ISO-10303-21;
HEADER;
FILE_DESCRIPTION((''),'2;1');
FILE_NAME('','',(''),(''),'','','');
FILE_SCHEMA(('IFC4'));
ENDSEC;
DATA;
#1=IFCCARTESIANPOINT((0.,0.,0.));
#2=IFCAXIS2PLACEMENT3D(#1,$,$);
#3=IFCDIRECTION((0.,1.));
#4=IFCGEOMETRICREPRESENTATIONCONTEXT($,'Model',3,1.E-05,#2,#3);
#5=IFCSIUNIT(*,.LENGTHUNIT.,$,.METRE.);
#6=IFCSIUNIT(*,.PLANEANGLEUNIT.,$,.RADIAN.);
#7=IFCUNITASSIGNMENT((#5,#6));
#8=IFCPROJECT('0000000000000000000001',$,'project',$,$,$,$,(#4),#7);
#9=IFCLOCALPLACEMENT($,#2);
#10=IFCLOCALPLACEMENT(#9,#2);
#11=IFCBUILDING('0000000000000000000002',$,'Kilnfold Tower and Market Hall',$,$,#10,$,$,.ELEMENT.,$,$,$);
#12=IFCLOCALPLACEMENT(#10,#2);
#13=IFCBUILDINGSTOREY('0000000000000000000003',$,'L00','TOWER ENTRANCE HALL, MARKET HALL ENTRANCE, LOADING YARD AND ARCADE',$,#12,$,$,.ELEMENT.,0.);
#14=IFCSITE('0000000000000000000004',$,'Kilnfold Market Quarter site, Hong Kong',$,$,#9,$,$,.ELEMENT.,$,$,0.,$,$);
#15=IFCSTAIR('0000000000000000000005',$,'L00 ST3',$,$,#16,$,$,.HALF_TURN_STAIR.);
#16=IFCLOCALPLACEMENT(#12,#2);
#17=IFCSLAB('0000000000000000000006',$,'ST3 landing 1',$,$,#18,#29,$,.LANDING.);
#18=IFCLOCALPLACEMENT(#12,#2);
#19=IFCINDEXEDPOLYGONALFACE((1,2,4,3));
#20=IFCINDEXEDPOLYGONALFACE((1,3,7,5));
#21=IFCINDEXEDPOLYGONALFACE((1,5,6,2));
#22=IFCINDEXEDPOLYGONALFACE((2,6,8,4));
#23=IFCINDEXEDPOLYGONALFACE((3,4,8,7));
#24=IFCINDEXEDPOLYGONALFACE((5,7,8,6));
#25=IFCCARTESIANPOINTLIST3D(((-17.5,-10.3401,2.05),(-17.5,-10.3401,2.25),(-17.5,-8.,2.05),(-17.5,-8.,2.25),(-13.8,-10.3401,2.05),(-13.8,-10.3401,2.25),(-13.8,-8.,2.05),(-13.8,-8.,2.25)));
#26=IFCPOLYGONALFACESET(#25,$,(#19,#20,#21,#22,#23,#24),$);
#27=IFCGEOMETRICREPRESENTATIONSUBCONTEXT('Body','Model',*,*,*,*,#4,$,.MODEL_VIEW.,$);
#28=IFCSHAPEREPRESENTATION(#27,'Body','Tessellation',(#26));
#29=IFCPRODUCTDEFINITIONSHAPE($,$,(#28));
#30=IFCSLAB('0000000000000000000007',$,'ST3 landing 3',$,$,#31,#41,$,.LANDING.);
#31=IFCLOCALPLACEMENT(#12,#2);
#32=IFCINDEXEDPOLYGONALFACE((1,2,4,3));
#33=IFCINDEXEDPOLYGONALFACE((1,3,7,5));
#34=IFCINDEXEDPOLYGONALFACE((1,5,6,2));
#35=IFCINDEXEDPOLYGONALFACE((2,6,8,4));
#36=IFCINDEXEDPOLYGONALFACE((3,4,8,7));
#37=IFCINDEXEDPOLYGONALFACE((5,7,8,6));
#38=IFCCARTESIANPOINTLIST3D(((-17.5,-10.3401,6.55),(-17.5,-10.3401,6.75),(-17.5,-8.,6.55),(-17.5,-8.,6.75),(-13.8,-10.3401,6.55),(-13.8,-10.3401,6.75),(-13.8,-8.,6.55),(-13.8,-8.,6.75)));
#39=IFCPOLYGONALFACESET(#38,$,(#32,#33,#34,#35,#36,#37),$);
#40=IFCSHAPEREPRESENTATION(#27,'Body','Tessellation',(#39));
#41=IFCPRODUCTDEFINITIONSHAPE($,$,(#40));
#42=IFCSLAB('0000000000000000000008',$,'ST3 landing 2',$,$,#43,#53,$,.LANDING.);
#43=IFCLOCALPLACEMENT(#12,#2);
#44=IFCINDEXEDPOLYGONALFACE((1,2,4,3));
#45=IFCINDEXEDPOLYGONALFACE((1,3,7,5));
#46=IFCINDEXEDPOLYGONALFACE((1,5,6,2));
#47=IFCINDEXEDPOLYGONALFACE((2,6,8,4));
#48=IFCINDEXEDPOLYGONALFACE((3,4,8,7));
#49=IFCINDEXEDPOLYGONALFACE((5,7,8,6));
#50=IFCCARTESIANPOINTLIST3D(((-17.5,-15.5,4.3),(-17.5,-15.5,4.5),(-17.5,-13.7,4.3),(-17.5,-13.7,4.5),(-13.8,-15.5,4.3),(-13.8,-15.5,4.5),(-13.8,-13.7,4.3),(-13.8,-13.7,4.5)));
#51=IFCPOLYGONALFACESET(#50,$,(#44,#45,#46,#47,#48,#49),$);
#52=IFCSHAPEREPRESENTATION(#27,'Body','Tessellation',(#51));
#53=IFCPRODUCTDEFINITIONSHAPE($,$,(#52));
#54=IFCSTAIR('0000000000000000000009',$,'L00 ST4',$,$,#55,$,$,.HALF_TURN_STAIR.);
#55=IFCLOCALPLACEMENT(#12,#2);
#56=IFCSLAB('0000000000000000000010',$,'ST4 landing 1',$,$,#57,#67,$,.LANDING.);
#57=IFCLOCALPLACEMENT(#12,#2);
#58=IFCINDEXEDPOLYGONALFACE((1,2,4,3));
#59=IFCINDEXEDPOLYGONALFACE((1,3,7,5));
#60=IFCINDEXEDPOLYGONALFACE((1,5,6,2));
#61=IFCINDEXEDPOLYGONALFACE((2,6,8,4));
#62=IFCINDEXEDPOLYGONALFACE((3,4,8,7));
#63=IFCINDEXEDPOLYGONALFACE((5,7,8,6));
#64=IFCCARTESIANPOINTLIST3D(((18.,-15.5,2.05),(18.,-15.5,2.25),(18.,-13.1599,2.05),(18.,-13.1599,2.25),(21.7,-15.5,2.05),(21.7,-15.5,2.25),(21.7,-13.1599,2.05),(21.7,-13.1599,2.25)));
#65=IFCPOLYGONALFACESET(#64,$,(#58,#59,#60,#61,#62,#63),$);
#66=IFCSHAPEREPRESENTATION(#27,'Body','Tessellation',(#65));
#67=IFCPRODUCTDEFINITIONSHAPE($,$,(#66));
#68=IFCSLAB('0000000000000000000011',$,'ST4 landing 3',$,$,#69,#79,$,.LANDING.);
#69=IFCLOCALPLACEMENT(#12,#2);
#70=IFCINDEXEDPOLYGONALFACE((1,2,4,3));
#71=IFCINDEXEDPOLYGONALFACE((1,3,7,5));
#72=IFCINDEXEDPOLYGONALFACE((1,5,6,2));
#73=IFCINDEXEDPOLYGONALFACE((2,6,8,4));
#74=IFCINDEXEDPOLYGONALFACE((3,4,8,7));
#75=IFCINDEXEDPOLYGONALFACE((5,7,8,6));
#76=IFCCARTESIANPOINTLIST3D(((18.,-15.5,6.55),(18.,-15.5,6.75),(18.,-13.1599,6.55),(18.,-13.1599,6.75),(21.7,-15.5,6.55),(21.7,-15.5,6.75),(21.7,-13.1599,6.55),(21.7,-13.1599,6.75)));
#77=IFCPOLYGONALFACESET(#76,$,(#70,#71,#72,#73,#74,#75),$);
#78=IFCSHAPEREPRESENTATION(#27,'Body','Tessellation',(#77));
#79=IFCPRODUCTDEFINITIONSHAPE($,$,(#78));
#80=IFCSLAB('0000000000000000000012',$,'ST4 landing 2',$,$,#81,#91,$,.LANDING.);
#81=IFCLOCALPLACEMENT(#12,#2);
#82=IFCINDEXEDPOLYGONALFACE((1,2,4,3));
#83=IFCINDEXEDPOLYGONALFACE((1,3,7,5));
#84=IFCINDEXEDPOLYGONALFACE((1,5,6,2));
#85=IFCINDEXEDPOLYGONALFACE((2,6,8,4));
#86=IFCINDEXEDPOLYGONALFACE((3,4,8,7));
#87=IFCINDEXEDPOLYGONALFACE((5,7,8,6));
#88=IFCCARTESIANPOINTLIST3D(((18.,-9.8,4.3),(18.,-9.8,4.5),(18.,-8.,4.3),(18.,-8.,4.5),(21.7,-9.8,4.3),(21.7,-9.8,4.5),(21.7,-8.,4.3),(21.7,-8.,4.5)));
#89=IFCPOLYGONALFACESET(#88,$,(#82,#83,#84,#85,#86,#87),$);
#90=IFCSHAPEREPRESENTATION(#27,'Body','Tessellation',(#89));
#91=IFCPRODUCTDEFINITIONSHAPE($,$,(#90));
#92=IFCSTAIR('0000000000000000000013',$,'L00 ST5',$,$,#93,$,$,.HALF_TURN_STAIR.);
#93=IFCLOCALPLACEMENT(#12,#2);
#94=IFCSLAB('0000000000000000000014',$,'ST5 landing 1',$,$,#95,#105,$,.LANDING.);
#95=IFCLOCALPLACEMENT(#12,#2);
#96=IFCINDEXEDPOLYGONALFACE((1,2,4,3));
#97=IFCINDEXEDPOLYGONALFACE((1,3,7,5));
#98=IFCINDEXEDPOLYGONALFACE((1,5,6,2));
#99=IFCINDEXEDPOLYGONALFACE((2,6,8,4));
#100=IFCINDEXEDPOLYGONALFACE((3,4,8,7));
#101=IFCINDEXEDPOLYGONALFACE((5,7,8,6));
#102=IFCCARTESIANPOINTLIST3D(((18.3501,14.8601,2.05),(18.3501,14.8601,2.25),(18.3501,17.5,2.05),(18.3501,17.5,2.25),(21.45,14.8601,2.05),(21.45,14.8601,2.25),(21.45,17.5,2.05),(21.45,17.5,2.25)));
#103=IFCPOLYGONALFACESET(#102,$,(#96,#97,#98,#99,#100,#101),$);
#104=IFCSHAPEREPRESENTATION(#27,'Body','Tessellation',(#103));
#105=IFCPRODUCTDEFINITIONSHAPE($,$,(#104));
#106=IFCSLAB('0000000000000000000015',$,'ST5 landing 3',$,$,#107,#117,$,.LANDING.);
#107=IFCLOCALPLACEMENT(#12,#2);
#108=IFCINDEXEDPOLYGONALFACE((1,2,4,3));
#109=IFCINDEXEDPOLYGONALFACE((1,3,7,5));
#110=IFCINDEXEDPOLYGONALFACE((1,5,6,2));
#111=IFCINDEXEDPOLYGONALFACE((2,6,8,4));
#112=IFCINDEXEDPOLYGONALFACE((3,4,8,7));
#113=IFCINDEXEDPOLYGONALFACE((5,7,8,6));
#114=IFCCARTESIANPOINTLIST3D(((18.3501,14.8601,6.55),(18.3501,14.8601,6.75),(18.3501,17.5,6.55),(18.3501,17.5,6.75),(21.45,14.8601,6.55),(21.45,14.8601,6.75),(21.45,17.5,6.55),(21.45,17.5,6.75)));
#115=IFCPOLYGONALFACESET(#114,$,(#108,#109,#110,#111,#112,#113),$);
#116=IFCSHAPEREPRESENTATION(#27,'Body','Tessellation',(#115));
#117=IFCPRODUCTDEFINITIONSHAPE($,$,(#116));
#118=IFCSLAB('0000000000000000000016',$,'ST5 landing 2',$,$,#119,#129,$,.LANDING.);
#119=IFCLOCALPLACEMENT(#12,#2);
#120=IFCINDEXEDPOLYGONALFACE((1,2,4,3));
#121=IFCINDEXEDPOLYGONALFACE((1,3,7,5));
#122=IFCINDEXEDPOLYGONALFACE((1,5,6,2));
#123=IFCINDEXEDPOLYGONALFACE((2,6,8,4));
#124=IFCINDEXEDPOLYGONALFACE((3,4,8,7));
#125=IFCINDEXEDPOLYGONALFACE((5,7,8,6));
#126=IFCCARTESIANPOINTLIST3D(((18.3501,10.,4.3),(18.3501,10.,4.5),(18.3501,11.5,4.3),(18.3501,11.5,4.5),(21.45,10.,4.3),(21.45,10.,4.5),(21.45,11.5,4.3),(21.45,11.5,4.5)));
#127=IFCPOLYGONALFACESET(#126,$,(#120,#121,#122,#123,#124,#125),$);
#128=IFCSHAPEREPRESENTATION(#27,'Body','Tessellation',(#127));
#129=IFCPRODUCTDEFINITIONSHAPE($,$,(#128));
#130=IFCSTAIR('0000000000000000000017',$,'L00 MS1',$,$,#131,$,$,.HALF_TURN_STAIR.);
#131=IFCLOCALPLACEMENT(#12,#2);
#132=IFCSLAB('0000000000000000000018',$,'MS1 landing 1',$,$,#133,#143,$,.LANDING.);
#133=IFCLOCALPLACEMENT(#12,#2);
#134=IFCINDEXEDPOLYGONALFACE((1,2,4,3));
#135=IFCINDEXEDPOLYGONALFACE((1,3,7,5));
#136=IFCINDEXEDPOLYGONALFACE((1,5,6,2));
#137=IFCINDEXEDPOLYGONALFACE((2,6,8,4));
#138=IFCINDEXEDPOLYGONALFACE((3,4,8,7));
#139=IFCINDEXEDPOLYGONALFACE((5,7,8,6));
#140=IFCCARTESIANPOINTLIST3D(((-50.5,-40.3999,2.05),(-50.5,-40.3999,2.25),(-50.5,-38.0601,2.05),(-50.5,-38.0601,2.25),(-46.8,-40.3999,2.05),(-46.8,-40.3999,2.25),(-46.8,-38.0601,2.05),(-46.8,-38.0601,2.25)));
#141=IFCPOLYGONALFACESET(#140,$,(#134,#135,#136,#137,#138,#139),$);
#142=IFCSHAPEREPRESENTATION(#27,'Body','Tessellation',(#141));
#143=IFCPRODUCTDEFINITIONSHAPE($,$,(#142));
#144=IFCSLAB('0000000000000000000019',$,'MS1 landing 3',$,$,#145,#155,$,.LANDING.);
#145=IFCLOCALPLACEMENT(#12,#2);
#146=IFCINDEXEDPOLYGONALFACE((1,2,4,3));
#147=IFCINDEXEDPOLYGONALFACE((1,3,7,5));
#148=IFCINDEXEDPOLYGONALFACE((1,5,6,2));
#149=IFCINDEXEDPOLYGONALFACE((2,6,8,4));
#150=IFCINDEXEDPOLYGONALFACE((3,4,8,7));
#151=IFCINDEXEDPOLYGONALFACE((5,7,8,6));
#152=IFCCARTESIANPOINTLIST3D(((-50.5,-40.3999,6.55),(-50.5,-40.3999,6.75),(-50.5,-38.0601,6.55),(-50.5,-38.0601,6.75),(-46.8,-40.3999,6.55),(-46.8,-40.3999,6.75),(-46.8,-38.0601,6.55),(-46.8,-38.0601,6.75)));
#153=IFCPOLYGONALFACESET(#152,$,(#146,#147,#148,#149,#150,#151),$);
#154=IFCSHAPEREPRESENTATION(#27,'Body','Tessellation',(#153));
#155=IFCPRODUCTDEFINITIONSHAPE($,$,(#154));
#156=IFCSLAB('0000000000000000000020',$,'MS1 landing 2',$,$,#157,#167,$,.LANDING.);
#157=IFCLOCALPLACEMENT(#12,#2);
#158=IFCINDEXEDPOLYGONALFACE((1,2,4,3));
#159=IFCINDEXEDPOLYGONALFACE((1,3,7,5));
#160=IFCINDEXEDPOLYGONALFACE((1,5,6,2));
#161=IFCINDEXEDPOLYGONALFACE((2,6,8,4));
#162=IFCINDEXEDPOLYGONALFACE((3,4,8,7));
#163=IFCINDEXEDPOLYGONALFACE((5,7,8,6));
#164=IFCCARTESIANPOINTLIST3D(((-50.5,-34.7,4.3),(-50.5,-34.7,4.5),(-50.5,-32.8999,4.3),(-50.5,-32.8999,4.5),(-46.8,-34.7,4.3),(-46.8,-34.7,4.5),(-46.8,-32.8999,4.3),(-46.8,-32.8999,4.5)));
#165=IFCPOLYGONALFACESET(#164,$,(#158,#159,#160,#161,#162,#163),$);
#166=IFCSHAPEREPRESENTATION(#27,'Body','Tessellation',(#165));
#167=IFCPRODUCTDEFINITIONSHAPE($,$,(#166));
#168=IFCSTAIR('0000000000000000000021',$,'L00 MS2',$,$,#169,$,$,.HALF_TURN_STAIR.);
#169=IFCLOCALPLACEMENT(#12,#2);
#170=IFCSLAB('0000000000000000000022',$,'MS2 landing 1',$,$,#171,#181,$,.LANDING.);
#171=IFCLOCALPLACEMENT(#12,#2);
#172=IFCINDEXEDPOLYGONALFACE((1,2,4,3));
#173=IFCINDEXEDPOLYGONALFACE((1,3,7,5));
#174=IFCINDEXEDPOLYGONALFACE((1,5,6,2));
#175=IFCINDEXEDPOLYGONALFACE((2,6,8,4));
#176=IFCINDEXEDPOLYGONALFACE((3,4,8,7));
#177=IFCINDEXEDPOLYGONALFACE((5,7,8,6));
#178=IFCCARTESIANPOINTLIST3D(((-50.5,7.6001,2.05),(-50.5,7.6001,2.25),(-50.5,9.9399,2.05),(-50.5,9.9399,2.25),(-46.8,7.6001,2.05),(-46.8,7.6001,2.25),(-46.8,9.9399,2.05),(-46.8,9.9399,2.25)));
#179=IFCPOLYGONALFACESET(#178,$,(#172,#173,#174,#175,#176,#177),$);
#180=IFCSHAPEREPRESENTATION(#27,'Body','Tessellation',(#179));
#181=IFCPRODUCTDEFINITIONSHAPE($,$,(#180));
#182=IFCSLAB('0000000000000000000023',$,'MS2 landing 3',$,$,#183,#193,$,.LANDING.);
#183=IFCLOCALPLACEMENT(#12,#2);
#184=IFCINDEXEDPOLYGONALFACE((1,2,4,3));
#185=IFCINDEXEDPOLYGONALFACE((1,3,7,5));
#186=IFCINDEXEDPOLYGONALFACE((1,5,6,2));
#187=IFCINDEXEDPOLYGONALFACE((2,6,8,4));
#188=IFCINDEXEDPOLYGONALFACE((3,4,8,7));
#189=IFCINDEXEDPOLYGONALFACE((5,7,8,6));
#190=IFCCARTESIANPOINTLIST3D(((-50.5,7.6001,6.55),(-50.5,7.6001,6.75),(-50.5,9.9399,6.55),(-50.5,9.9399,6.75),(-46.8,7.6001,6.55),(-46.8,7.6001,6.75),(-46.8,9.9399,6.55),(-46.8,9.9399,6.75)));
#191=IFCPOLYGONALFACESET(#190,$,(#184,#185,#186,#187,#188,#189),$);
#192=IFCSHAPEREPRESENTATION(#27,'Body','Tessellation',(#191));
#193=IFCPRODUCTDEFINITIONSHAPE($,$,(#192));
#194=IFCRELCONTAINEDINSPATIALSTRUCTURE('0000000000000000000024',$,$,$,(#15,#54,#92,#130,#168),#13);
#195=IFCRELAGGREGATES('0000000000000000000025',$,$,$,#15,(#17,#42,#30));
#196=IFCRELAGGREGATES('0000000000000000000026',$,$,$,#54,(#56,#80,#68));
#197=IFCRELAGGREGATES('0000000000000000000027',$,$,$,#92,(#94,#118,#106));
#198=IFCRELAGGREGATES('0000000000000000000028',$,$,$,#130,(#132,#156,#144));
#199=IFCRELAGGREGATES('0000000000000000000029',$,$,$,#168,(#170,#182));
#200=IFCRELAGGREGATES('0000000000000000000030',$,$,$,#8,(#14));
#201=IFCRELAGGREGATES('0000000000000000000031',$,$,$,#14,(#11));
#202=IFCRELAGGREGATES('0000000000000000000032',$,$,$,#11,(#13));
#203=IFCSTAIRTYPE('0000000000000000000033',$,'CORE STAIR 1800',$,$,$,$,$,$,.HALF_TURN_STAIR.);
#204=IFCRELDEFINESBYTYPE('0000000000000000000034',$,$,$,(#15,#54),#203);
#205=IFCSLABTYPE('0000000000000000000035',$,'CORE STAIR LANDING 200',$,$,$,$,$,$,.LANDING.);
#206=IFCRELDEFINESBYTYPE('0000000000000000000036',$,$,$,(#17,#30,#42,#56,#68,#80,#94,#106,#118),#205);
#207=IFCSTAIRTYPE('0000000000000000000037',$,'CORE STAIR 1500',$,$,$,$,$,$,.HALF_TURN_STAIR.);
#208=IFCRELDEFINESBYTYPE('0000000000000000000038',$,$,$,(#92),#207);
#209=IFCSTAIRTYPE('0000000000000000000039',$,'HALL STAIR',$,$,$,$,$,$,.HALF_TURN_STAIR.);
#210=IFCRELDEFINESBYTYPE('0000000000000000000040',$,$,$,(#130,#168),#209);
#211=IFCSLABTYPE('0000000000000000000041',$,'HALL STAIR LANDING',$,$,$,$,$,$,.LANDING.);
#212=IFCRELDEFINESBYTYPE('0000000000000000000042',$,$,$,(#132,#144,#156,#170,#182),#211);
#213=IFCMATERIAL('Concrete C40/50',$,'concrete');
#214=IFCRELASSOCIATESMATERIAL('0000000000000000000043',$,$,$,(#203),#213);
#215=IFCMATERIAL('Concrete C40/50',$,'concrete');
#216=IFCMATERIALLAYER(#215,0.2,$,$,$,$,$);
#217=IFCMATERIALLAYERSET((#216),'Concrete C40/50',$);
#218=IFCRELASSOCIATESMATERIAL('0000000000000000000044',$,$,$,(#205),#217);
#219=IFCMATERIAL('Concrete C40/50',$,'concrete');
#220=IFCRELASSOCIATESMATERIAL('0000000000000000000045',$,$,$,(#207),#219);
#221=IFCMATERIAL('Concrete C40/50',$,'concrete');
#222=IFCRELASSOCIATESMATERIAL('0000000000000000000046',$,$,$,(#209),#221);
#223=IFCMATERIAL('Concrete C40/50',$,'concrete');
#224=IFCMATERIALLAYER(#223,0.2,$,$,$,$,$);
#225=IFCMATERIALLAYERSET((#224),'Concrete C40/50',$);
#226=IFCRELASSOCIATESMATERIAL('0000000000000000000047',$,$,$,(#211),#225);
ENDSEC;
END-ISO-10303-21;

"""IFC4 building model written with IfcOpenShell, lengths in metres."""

from ifc_helpers import new_model, si_unit, direction, frame, origin, place, context, subcontext, project, spatial, polyline, outline, extrude, source, transform, mapped, material, layer, layer_set, type_object, element, aggregate, save


model = new_model("IFC4")

# Units and contexts
model_context = context("Model", 3, precision=1e-05, world=origin(), true_north=direction((0.0, 1.0)))
body_context = subcontext(model_context, "Body", "Model", "MODEL_VIEW")
ifc_project = project(units=[si_unit("LENGTHUNIT", "METRE"), si_unit("PLANEANGLEUNIT", "RADIAN")], contexts=[model_context])

# Site, building, storey
site_placement = place(None, origin())
site = spatial("IfcSite", under=ifc_project, at=site_placement, Name="Kilnfold Market Quarter site, Hong Kong", CompositionType="ELEMENT", RefElevation=0.0)
building_placement = place(site_placement, origin())
building = spatial("IfcBuilding", under=site, at=building_placement, Name="Kilnfold Tower and Market Hall", CompositionType="ELEMENT")
storey_placement = place(building_placement, origin())
storey = spatial("IfcBuildingStorey", under=building, at=storey_placement, Name="L00", Description="TOWER ENTRANCE HALL, MARKET HALL ENTRANCE, LOADING YARD AND ARCADE", CompositionType="ELEMENT", Elevation=0.0)

# Stairs, slabs
ifc_material_1 = material(Name="Concrete C40/50", Category="concrete")
stair_type_1 = type_object("IfcStairType", Name="CORE STAIR 1800", PredefinedType="HALF_TURN_STAIR", material=ifc_material_1)
stair_1_placement = place(storey_placement, origin())
stair_1 = element("IfcStair", 1, at=stair_1_placement, inside=storey, type_object=stair_type_1, Name="L00 ST3", PredefinedType="HALF_TURN_STAIR")
ifc_material_2 = material(Name="Concrete C40/50", Category="concrete")
ifc_layer_1 = layer(ifc_material_2, 0.2)
ifc_layer_set_1 = layer_set([ifc_layer_1], Name="Concrete C40/50")
slab_type_1 = type_object("IfcSlabType", Name="CORE STAIR LANDING 200", PredefinedType="LANDING", material=ifc_layer_set_1)
shared_shape_1 = source(origin(), body_context, "Body", "SweptSolid", [
    extrude(outline(polyline([(-13.8, -10.3401), (-13.8, -8.0), (-17.5, -8.0), (-17.5, -10.3401), (-13.8, -10.3401)])), origin(), (0.0, 0.0, 1.0), 0.2),
])
slab_1_placement = place(storey_placement, frame((0.0, 0.0, 2.05)))
slab_1 = element("IfcSlab", 2, at=slab_1_placement, type_object=slab_type_1, Name="ST3 landing 1", PredefinedType="LANDING", context=body_context, shape_type="MappedRepresentation", body=[
    mapped(shared_shape_1, transform((0.0, 0.0, 0.0))),
])
slab_2_placement = place(storey_placement, frame((0.0, 0.0, 6.55)))
slab_2 = element("IfcSlab", 3, at=slab_2_placement, type_object=slab_type_1, Name="ST3 landing 3", PredefinedType="LANDING", context=body_context, shape_type="MappedRepresentation", body=[
    mapped(shared_shape_1, transform((0.0, 0.0, 0.0))),
])
shared_shape_2 = source(origin(), body_context, "Body", "SweptSolid", [
    extrude(outline(polyline([(-13.8, -15.5), (-13.8, -13.7), (-17.5, -13.7), (-17.5, -15.5), (-13.8, -15.5)])), origin(), (0.0, 0.0, 1.0), 0.2),
])
slab_3_placement = place(storey_placement, frame((0.0, 0.0, 4.3)))
slab_3 = element("IfcSlab", 4, at=slab_3_placement, type_object=slab_type_1, Name="ST3 landing 2", PredefinedType="LANDING", context=body_context, shape_type="MappedRepresentation", body=[
    mapped(shared_shape_2, transform((0.0, 0.0, 0.0))),
])
aggregate(stair_1, [slab_1, slab_3, slab_2])
stair_2_placement = place(storey_placement, origin())
stair_2 = element("IfcStair", 5, at=stair_2_placement, inside=storey, type_object=stair_type_1, Name="L00 ST4", PredefinedType="HALF_TURN_STAIR")
shared_shape_3 = source(origin(), body_context, "Body", "SweptSolid", [
    extrude(outline(polyline([(18.0, -13.1599), (18.0, -15.5), (21.7, -15.5), (21.7, -13.1599), (18.0, -13.1599)])), origin(), (0.0, 0.0, 1.0), 0.2),
])
slab_4_placement = place(storey_placement, frame((0.0, 0.0, 2.05)))
slab_4 = element("IfcSlab", 6, at=slab_4_placement, type_object=slab_type_1, Name="ST4 landing 1", PredefinedType="LANDING", context=body_context, shape_type="MappedRepresentation", body=[
    mapped(shared_shape_3, transform((0.0, 0.0, 0.0))),
])
slab_5_placement = place(storey_placement, frame((0.0, 0.0, 6.55)))
slab_5 = element("IfcSlab", 7, at=slab_5_placement, type_object=slab_type_1, Name="ST4 landing 3", PredefinedType="LANDING", context=body_context, shape_type="MappedRepresentation", body=[
    mapped(shared_shape_3, transform((0.0, 0.0, 0.0))),
])
shared_shape_4 = source(origin(), body_context, "Body", "SweptSolid", [
    extrude(outline(polyline([(18.0, -8.0), (18.0, -9.8), (21.7, -9.8), (21.7, -8.0), (18.0, -8.0)])), origin(), (0.0, 0.0, 1.0), 0.2),
])
slab_6_placement = place(storey_placement, frame((0.0, 0.0, 4.3)))
slab_6 = element("IfcSlab", 8, at=slab_6_placement, type_object=slab_type_1, Name="ST4 landing 2", PredefinedType="LANDING", context=body_context, shape_type="MappedRepresentation", body=[
    mapped(shared_shape_4, transform((0.0, 0.0, 0.0))),
])
aggregate(stair_2, [slab_4, slab_6, slab_5])
ifc_material_3 = material(Name="Concrete C40/50", Category="concrete")
stair_type_2 = type_object("IfcStairType", Name="CORE STAIR 1500", PredefinedType="HALF_TURN_STAIR", material=ifc_material_3)
stair_3_placement = place(storey_placement, origin())
stair_3 = element("IfcStair", 9, at=stair_3_placement, inside=storey, type_object=stair_type_2, Name="L00 ST5", PredefinedType="HALF_TURN_STAIR")
shared_shape_5 = source(origin(), body_context, "Body", "SweptSolid", [
    extrude(outline(polyline([(21.45, 14.8601), (21.45, 17.5), (18.3501, 17.5), (18.3501, 14.8601), (21.45, 14.8601)])), origin(), (0.0, 0.0, 1.0), 0.2),
])
slab_7_placement = place(storey_placement, frame((0.0, 0.0, 2.05)))
slab_7 = element("IfcSlab", 10, at=slab_7_placement, type_object=slab_type_1, Name="ST5 landing 1", PredefinedType="LANDING", context=body_context, shape_type="MappedRepresentation", body=[
    mapped(shared_shape_5, transform((0.0, 0.0, 0.0))),
])
slab_8_placement = place(storey_placement, frame((0.0, 0.0, 6.55)))
slab_8 = element("IfcSlab", 11, at=slab_8_placement, type_object=slab_type_1, Name="ST5 landing 3", PredefinedType="LANDING", context=body_context, shape_type="MappedRepresentation", body=[
    mapped(shared_shape_5, transform((0.0, 0.0, 0.0))),
])
shared_shape_6 = source(origin(), body_context, "Body", "SweptSolid", [
    extrude(outline(polyline([(21.45, 10.0), (21.45, 11.5), (18.3501, 11.5), (18.3501, 10.0), (21.45, 10.0)])), origin(), (0.0, 0.0, 1.0), 0.2),
])
slab_9_placement = place(storey_placement, frame((0.0, 0.0, 4.3)))
slab_9 = element("IfcSlab", 12, at=slab_9_placement, type_object=slab_type_1, Name="ST5 landing 2", PredefinedType="LANDING", context=body_context, shape_type="MappedRepresentation", body=[
    mapped(shared_shape_6, transform((0.0, 0.0, 0.0))),
])
aggregate(stair_3, [slab_7, slab_9, slab_8])
ifc_material_4 = material(Name="Concrete C40/50", Category="concrete")
stair_type_3 = type_object("IfcStairType", Name="HALL STAIR", PredefinedType="HALF_TURN_STAIR", material=ifc_material_4)
stair_4_placement = place(storey_placement, origin())
stair_4 = element("IfcStair", 13, at=stair_4_placement, inside=storey, type_object=stair_type_3, Name="L00 MS1", PredefinedType="HALF_TURN_STAIR")
ifc_material_5 = material(Name="Concrete C40/50", Category="concrete")
ifc_layer_2 = layer(ifc_material_5, 0.2)
ifc_layer_set_2 = layer_set([ifc_layer_2], Name="Concrete C40/50")
slab_type_2 = type_object("IfcSlabType", Name="HALL STAIR LANDING", PredefinedType="LANDING", material=ifc_layer_set_2)
shared_shape_7 = source(origin(), body_context, "Body", "SweptSolid", [
    extrude(outline(polyline([(-50.5, -38.0601), (-50.5, -40.3999), (-46.8, -40.3999), (-46.8, -38.0601), (-50.5, -38.0601)])), origin(), (0.0, 0.0, 1.0), 0.2),
])
slab_10_placement = place(storey_placement, frame((0.0, 0.0, 2.05)))
slab_10 = element("IfcSlab", 14, at=slab_10_placement, type_object=slab_type_2, Name="MS1 landing 1", PredefinedType="LANDING", context=body_context, shape_type="MappedRepresentation", body=[
    mapped(shared_shape_7, transform((0.0, 0.0, 0.0))),
])
slab_11_placement = place(storey_placement, frame((0.0, 0.0, 6.55)))
slab_11 = element("IfcSlab", 15, at=slab_11_placement, type_object=slab_type_2, Name="MS1 landing 3", PredefinedType="LANDING", context=body_context, shape_type="MappedRepresentation", body=[
    mapped(shared_shape_7, transform((0.0, 0.0, 0.0))),
])
shared_shape_8 = source(origin(), body_context, "Body", "SweptSolid", [
    extrude(outline(polyline([(-50.5, -32.8999), (-50.5, -34.7), (-46.8, -34.7), (-46.8, -32.8999), (-50.5, -32.8999)])), origin(), (0.0, 0.0, 1.0), 0.2),
])
slab_12_placement = place(storey_placement, frame((0.0, 0.0, 4.3)))
slab_12 = element("IfcSlab", 16, at=slab_12_placement, type_object=slab_type_2, Name="MS1 landing 2", PredefinedType="LANDING", context=body_context, shape_type="MappedRepresentation", body=[
    mapped(shared_shape_8, transform((0.0, 0.0, 0.0))),
])
aggregate(stair_4, [slab_10, slab_12, slab_11])
stair_5_placement = place(storey_placement, origin())
stair_5 = element("IfcStair", 17, at=stair_5_placement, inside=storey, type_object=stair_type_3, Name="L00 MS2", PredefinedType="HALF_TURN_STAIR")
shared_shape_9 = source(origin(), body_context, "Body", "SweptSolid", [
    extrude(outline(polyline([(-50.5, 9.9399), (-50.5, 7.6001), (-46.8, 7.6001), (-46.8, 9.9399), (-50.5, 9.9399)])), origin(), (0.0, 0.0, 1.0), 0.2),
])
slab_13_placement = place(storey_placement, frame((0.0, 0.0, 2.05)))
slab_13 = element("IfcSlab", 18, at=slab_13_placement, type_object=slab_type_2, Name="MS2 landing 1", PredefinedType="LANDING", context=body_context, shape_type="MappedRepresentation", body=[
    mapped(shared_shape_9, transform((0.0, 0.0, 0.0))),
])
slab_14_placement = place(storey_placement, frame((0.0, 0.0, 6.55)))
slab_14 = element("IfcSlab", 19, at=slab_14_placement, type_object=slab_type_2, Name="MS2 landing 3", PredefinedType="LANDING", context=body_context, shape_type="MappedRepresentation", body=[
    mapped(shared_shape_9, transform((0.0, 0.0, 0.0))),
])
aggregate(stair_5, [slab_13, slab_14])

save(model, "model.ifc")
